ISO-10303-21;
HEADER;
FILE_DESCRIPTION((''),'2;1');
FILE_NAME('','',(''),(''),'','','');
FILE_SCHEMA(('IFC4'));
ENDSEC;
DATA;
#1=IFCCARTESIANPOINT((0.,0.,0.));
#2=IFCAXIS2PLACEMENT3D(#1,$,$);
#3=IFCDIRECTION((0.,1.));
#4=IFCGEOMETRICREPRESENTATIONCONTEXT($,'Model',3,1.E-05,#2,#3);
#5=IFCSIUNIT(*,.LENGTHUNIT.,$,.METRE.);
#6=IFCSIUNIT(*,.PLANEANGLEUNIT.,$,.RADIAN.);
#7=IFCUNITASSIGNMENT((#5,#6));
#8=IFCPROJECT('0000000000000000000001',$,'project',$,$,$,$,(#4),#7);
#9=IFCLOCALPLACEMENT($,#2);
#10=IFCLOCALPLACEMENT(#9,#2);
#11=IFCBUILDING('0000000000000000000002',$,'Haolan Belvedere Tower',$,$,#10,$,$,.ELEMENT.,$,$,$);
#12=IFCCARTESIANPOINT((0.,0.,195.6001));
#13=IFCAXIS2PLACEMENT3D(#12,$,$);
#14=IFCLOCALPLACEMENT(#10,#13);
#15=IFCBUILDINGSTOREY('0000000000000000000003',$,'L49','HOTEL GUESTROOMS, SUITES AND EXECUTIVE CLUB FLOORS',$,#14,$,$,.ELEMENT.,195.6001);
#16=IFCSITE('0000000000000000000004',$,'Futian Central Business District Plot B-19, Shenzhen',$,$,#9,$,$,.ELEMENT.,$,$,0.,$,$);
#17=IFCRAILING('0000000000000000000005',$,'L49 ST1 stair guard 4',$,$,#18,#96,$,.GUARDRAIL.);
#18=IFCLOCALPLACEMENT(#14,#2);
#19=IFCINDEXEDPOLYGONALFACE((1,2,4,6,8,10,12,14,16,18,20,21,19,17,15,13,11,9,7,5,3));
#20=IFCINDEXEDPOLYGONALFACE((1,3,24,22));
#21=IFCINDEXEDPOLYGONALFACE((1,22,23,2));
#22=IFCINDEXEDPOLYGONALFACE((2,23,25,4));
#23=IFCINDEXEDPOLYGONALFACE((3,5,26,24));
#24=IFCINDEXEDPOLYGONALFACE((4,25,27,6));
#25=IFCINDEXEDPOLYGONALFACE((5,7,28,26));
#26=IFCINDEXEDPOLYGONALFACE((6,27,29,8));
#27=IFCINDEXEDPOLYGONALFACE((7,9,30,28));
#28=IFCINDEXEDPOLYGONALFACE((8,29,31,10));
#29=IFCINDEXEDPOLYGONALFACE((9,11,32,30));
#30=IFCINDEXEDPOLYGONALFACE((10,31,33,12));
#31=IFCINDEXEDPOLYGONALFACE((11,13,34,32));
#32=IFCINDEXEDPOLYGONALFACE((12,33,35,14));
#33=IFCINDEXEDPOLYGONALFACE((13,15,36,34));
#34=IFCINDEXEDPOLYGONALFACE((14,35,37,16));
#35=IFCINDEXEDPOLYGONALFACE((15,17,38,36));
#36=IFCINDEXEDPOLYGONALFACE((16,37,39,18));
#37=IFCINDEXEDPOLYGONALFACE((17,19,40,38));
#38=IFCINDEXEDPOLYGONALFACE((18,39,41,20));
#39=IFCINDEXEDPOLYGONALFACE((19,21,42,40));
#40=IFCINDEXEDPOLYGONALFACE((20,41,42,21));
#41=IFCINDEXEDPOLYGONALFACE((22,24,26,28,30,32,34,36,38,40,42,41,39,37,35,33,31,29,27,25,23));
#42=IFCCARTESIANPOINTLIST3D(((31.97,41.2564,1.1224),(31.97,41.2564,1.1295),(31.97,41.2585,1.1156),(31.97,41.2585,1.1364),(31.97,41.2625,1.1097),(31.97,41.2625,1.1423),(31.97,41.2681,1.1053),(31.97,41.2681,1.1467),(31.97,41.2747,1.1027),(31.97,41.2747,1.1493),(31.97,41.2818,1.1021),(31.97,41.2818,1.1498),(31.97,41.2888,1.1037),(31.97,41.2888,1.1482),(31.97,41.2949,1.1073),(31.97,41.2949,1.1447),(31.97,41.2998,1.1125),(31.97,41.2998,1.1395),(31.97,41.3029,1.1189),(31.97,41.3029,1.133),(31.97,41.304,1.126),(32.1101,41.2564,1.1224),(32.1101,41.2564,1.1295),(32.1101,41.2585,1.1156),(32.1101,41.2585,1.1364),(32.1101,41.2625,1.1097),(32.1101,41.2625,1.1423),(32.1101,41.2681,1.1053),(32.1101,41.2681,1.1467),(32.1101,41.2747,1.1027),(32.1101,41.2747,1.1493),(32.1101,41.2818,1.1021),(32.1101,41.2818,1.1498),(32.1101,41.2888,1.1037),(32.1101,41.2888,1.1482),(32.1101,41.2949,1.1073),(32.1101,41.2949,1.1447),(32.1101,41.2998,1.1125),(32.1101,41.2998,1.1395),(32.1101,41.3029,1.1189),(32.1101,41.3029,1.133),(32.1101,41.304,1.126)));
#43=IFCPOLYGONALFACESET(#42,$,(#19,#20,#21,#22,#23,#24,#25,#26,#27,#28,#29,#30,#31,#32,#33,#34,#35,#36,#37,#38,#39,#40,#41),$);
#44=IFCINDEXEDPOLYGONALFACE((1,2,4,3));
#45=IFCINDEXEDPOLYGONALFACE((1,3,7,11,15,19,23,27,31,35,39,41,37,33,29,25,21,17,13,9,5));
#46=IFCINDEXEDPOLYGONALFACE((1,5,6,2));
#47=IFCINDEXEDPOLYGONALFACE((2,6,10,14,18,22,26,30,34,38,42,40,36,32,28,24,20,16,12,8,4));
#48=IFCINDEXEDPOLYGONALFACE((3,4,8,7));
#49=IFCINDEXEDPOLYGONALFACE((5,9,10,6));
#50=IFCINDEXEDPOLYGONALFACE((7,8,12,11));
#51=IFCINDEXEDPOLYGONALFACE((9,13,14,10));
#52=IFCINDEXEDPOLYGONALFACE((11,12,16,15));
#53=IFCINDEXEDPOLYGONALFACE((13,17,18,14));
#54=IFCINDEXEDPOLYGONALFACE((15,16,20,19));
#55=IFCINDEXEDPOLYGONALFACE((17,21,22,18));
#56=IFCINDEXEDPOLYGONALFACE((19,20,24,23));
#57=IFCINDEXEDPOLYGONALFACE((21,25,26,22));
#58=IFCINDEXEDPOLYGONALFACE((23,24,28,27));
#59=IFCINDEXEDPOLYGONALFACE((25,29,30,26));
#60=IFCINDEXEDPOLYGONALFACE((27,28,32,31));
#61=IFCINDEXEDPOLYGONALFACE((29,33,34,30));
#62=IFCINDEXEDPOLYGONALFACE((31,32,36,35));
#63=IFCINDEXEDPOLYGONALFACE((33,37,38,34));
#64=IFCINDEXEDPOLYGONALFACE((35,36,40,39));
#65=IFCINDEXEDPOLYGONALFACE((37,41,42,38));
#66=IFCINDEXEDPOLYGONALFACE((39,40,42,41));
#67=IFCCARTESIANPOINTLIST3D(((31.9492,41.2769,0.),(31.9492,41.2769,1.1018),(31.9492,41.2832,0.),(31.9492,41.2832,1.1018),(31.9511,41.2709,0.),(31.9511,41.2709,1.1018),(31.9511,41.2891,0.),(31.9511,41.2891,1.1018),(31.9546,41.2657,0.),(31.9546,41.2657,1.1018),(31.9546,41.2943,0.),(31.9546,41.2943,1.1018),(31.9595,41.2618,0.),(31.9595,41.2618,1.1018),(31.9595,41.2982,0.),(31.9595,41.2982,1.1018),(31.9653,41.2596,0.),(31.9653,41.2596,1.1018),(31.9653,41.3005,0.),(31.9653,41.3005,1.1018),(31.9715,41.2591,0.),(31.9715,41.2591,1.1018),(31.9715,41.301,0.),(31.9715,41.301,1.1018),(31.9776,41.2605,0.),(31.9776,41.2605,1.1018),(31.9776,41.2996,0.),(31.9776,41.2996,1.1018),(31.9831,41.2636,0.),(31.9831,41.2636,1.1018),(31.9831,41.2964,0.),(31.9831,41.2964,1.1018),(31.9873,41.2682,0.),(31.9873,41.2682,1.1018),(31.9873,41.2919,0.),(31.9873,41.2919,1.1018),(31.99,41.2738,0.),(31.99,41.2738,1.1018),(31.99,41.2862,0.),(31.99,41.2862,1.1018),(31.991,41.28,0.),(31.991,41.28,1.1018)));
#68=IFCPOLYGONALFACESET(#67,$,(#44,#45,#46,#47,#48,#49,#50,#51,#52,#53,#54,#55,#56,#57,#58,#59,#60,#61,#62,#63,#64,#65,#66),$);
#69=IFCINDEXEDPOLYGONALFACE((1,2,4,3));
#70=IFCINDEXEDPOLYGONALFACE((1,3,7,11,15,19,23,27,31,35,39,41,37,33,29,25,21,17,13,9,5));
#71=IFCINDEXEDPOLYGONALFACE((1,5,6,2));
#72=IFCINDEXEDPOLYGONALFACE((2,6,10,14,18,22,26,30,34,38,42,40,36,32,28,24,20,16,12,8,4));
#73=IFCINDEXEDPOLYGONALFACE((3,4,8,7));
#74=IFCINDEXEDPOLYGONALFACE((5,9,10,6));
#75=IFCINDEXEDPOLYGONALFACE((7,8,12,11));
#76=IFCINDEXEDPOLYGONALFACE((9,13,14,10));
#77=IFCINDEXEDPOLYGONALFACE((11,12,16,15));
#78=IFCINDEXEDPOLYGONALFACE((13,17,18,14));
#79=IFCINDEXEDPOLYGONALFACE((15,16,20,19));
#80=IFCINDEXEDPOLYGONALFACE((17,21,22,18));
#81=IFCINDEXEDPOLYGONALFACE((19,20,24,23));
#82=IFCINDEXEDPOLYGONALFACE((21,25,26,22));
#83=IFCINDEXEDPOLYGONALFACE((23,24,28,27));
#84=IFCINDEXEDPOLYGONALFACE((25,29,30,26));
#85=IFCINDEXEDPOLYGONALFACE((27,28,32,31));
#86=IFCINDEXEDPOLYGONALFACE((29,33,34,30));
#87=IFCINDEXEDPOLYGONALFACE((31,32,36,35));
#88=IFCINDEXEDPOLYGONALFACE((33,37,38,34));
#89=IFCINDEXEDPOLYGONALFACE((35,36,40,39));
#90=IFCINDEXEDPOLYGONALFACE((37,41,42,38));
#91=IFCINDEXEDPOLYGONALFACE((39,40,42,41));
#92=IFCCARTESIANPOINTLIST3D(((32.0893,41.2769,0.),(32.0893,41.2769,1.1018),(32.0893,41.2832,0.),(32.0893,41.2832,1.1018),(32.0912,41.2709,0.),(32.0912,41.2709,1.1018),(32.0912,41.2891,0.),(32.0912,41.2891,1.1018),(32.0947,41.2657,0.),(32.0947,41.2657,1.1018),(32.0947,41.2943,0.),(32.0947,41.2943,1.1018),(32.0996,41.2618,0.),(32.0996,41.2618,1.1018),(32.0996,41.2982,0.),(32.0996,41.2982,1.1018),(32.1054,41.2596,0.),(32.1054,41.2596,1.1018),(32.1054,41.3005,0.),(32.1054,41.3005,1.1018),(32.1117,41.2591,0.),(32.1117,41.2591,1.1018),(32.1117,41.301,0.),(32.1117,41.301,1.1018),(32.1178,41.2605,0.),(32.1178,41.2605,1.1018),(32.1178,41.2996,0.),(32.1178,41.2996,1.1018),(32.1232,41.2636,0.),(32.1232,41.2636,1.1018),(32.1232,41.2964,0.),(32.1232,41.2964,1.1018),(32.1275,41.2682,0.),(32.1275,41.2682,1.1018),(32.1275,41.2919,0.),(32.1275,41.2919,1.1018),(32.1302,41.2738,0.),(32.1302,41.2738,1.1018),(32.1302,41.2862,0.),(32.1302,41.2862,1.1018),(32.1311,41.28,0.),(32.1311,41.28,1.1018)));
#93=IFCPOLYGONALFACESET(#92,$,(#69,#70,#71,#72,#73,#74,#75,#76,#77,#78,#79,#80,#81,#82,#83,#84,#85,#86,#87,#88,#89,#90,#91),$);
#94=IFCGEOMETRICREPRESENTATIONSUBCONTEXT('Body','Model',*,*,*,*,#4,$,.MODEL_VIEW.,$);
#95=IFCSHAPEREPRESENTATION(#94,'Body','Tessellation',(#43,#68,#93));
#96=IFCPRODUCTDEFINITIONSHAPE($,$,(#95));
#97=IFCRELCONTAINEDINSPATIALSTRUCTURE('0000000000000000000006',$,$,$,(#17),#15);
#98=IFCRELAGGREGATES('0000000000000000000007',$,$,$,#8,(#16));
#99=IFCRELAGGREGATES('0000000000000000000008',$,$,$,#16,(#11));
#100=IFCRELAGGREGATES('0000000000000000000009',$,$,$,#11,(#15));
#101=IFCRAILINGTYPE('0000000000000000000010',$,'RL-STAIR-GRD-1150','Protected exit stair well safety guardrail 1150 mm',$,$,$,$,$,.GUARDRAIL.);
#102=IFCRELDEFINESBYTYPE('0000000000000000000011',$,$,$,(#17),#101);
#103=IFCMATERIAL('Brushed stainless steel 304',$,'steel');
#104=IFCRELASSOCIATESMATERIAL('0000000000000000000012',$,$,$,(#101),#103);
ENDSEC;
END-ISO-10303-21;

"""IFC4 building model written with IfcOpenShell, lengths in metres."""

from ifc_helpers import new_model, si_unit, direction, frame, origin, origin_2d, place, context, subcontext, project, spatial, circle, extrude, material, type_object, element, save


model = new_model("IFC4")

# Units and contexts
model_context = context("Model", 3, precision=1e-05, world=origin(), true_north=direction((0.0, 1.0)))
body_context = subcontext(model_context, "Body", "Model", "MODEL_VIEW")
ifc_project = project(units=[si_unit("LENGTHUNIT", "METRE"), si_unit("PLANEANGLEUNIT", "RADIAN")], contexts=[model_context])

# Site, building, storey
site_placement = place(None, origin())
site = spatial("IfcSite", under=ifc_project, at=site_placement, Name="Futian Central Business District Plot B-19, Shenzhen", CompositionType="ELEMENT", RefElevation=0.0)
building_placement = place(site_placement, origin())
building = spatial("IfcBuilding", under=site, at=building_placement, Name="Haolan Belvedere Tower", CompositionType="ELEMENT")
storey_placement = place(building_placement, frame((0.0, 0.0, 195.6001)))
storey = spatial("IfcBuildingStorey", under=building, at=storey_placement, Name="L49", Description="HOTEL GUESTROOMS, SUITES AND EXECUTIVE CLUB FLOORS", CompositionType="ELEMENT", Elevation=195.6001)

# Railing
ifc_material_1 = material(Name="Brushed stainless steel 304", Category="steel")
railing_type = type_object("IfcRailingType", Name="RL-STAIR-GRD-1150", Description="Protected exit stair well safety guardrail 1150 mm", PredefinedType="GUARDRAIL", material=ifc_material_1)
railing_1_placement = place(storey_placement, frame((31.97, 41.28, 0.0)))
element("IfcRailing", 1, at=railing_1_placement, inside=storey, type_object=railing_type, Name="L49 ST1 stair guard 4", PredefinedType="GUARDRAIL", context=body_context, shape_type="SweptSolid", body=[
    extrude(circle(Radius=0.0239, at=origin_2d()), frame((0.0, 0.0, 1.126), z_axis=(1.0, 0.0, 0.0), x_axis=(0.0, 1.0, 0.0)), (0.0, 0.0, 1.0), 0.1401),
    extrude(circle(Radius=0.021, at=origin_2d()), origin(), (0.0, 0.0, 1.0), 1.1018),
    extrude(circle(Radius=0.021, at=origin_2d()), frame((0.1401, 0.0, 0.0)), (0.0, 0.0, 1.0), 1.1018),
])

save(model, "model.ifc")
